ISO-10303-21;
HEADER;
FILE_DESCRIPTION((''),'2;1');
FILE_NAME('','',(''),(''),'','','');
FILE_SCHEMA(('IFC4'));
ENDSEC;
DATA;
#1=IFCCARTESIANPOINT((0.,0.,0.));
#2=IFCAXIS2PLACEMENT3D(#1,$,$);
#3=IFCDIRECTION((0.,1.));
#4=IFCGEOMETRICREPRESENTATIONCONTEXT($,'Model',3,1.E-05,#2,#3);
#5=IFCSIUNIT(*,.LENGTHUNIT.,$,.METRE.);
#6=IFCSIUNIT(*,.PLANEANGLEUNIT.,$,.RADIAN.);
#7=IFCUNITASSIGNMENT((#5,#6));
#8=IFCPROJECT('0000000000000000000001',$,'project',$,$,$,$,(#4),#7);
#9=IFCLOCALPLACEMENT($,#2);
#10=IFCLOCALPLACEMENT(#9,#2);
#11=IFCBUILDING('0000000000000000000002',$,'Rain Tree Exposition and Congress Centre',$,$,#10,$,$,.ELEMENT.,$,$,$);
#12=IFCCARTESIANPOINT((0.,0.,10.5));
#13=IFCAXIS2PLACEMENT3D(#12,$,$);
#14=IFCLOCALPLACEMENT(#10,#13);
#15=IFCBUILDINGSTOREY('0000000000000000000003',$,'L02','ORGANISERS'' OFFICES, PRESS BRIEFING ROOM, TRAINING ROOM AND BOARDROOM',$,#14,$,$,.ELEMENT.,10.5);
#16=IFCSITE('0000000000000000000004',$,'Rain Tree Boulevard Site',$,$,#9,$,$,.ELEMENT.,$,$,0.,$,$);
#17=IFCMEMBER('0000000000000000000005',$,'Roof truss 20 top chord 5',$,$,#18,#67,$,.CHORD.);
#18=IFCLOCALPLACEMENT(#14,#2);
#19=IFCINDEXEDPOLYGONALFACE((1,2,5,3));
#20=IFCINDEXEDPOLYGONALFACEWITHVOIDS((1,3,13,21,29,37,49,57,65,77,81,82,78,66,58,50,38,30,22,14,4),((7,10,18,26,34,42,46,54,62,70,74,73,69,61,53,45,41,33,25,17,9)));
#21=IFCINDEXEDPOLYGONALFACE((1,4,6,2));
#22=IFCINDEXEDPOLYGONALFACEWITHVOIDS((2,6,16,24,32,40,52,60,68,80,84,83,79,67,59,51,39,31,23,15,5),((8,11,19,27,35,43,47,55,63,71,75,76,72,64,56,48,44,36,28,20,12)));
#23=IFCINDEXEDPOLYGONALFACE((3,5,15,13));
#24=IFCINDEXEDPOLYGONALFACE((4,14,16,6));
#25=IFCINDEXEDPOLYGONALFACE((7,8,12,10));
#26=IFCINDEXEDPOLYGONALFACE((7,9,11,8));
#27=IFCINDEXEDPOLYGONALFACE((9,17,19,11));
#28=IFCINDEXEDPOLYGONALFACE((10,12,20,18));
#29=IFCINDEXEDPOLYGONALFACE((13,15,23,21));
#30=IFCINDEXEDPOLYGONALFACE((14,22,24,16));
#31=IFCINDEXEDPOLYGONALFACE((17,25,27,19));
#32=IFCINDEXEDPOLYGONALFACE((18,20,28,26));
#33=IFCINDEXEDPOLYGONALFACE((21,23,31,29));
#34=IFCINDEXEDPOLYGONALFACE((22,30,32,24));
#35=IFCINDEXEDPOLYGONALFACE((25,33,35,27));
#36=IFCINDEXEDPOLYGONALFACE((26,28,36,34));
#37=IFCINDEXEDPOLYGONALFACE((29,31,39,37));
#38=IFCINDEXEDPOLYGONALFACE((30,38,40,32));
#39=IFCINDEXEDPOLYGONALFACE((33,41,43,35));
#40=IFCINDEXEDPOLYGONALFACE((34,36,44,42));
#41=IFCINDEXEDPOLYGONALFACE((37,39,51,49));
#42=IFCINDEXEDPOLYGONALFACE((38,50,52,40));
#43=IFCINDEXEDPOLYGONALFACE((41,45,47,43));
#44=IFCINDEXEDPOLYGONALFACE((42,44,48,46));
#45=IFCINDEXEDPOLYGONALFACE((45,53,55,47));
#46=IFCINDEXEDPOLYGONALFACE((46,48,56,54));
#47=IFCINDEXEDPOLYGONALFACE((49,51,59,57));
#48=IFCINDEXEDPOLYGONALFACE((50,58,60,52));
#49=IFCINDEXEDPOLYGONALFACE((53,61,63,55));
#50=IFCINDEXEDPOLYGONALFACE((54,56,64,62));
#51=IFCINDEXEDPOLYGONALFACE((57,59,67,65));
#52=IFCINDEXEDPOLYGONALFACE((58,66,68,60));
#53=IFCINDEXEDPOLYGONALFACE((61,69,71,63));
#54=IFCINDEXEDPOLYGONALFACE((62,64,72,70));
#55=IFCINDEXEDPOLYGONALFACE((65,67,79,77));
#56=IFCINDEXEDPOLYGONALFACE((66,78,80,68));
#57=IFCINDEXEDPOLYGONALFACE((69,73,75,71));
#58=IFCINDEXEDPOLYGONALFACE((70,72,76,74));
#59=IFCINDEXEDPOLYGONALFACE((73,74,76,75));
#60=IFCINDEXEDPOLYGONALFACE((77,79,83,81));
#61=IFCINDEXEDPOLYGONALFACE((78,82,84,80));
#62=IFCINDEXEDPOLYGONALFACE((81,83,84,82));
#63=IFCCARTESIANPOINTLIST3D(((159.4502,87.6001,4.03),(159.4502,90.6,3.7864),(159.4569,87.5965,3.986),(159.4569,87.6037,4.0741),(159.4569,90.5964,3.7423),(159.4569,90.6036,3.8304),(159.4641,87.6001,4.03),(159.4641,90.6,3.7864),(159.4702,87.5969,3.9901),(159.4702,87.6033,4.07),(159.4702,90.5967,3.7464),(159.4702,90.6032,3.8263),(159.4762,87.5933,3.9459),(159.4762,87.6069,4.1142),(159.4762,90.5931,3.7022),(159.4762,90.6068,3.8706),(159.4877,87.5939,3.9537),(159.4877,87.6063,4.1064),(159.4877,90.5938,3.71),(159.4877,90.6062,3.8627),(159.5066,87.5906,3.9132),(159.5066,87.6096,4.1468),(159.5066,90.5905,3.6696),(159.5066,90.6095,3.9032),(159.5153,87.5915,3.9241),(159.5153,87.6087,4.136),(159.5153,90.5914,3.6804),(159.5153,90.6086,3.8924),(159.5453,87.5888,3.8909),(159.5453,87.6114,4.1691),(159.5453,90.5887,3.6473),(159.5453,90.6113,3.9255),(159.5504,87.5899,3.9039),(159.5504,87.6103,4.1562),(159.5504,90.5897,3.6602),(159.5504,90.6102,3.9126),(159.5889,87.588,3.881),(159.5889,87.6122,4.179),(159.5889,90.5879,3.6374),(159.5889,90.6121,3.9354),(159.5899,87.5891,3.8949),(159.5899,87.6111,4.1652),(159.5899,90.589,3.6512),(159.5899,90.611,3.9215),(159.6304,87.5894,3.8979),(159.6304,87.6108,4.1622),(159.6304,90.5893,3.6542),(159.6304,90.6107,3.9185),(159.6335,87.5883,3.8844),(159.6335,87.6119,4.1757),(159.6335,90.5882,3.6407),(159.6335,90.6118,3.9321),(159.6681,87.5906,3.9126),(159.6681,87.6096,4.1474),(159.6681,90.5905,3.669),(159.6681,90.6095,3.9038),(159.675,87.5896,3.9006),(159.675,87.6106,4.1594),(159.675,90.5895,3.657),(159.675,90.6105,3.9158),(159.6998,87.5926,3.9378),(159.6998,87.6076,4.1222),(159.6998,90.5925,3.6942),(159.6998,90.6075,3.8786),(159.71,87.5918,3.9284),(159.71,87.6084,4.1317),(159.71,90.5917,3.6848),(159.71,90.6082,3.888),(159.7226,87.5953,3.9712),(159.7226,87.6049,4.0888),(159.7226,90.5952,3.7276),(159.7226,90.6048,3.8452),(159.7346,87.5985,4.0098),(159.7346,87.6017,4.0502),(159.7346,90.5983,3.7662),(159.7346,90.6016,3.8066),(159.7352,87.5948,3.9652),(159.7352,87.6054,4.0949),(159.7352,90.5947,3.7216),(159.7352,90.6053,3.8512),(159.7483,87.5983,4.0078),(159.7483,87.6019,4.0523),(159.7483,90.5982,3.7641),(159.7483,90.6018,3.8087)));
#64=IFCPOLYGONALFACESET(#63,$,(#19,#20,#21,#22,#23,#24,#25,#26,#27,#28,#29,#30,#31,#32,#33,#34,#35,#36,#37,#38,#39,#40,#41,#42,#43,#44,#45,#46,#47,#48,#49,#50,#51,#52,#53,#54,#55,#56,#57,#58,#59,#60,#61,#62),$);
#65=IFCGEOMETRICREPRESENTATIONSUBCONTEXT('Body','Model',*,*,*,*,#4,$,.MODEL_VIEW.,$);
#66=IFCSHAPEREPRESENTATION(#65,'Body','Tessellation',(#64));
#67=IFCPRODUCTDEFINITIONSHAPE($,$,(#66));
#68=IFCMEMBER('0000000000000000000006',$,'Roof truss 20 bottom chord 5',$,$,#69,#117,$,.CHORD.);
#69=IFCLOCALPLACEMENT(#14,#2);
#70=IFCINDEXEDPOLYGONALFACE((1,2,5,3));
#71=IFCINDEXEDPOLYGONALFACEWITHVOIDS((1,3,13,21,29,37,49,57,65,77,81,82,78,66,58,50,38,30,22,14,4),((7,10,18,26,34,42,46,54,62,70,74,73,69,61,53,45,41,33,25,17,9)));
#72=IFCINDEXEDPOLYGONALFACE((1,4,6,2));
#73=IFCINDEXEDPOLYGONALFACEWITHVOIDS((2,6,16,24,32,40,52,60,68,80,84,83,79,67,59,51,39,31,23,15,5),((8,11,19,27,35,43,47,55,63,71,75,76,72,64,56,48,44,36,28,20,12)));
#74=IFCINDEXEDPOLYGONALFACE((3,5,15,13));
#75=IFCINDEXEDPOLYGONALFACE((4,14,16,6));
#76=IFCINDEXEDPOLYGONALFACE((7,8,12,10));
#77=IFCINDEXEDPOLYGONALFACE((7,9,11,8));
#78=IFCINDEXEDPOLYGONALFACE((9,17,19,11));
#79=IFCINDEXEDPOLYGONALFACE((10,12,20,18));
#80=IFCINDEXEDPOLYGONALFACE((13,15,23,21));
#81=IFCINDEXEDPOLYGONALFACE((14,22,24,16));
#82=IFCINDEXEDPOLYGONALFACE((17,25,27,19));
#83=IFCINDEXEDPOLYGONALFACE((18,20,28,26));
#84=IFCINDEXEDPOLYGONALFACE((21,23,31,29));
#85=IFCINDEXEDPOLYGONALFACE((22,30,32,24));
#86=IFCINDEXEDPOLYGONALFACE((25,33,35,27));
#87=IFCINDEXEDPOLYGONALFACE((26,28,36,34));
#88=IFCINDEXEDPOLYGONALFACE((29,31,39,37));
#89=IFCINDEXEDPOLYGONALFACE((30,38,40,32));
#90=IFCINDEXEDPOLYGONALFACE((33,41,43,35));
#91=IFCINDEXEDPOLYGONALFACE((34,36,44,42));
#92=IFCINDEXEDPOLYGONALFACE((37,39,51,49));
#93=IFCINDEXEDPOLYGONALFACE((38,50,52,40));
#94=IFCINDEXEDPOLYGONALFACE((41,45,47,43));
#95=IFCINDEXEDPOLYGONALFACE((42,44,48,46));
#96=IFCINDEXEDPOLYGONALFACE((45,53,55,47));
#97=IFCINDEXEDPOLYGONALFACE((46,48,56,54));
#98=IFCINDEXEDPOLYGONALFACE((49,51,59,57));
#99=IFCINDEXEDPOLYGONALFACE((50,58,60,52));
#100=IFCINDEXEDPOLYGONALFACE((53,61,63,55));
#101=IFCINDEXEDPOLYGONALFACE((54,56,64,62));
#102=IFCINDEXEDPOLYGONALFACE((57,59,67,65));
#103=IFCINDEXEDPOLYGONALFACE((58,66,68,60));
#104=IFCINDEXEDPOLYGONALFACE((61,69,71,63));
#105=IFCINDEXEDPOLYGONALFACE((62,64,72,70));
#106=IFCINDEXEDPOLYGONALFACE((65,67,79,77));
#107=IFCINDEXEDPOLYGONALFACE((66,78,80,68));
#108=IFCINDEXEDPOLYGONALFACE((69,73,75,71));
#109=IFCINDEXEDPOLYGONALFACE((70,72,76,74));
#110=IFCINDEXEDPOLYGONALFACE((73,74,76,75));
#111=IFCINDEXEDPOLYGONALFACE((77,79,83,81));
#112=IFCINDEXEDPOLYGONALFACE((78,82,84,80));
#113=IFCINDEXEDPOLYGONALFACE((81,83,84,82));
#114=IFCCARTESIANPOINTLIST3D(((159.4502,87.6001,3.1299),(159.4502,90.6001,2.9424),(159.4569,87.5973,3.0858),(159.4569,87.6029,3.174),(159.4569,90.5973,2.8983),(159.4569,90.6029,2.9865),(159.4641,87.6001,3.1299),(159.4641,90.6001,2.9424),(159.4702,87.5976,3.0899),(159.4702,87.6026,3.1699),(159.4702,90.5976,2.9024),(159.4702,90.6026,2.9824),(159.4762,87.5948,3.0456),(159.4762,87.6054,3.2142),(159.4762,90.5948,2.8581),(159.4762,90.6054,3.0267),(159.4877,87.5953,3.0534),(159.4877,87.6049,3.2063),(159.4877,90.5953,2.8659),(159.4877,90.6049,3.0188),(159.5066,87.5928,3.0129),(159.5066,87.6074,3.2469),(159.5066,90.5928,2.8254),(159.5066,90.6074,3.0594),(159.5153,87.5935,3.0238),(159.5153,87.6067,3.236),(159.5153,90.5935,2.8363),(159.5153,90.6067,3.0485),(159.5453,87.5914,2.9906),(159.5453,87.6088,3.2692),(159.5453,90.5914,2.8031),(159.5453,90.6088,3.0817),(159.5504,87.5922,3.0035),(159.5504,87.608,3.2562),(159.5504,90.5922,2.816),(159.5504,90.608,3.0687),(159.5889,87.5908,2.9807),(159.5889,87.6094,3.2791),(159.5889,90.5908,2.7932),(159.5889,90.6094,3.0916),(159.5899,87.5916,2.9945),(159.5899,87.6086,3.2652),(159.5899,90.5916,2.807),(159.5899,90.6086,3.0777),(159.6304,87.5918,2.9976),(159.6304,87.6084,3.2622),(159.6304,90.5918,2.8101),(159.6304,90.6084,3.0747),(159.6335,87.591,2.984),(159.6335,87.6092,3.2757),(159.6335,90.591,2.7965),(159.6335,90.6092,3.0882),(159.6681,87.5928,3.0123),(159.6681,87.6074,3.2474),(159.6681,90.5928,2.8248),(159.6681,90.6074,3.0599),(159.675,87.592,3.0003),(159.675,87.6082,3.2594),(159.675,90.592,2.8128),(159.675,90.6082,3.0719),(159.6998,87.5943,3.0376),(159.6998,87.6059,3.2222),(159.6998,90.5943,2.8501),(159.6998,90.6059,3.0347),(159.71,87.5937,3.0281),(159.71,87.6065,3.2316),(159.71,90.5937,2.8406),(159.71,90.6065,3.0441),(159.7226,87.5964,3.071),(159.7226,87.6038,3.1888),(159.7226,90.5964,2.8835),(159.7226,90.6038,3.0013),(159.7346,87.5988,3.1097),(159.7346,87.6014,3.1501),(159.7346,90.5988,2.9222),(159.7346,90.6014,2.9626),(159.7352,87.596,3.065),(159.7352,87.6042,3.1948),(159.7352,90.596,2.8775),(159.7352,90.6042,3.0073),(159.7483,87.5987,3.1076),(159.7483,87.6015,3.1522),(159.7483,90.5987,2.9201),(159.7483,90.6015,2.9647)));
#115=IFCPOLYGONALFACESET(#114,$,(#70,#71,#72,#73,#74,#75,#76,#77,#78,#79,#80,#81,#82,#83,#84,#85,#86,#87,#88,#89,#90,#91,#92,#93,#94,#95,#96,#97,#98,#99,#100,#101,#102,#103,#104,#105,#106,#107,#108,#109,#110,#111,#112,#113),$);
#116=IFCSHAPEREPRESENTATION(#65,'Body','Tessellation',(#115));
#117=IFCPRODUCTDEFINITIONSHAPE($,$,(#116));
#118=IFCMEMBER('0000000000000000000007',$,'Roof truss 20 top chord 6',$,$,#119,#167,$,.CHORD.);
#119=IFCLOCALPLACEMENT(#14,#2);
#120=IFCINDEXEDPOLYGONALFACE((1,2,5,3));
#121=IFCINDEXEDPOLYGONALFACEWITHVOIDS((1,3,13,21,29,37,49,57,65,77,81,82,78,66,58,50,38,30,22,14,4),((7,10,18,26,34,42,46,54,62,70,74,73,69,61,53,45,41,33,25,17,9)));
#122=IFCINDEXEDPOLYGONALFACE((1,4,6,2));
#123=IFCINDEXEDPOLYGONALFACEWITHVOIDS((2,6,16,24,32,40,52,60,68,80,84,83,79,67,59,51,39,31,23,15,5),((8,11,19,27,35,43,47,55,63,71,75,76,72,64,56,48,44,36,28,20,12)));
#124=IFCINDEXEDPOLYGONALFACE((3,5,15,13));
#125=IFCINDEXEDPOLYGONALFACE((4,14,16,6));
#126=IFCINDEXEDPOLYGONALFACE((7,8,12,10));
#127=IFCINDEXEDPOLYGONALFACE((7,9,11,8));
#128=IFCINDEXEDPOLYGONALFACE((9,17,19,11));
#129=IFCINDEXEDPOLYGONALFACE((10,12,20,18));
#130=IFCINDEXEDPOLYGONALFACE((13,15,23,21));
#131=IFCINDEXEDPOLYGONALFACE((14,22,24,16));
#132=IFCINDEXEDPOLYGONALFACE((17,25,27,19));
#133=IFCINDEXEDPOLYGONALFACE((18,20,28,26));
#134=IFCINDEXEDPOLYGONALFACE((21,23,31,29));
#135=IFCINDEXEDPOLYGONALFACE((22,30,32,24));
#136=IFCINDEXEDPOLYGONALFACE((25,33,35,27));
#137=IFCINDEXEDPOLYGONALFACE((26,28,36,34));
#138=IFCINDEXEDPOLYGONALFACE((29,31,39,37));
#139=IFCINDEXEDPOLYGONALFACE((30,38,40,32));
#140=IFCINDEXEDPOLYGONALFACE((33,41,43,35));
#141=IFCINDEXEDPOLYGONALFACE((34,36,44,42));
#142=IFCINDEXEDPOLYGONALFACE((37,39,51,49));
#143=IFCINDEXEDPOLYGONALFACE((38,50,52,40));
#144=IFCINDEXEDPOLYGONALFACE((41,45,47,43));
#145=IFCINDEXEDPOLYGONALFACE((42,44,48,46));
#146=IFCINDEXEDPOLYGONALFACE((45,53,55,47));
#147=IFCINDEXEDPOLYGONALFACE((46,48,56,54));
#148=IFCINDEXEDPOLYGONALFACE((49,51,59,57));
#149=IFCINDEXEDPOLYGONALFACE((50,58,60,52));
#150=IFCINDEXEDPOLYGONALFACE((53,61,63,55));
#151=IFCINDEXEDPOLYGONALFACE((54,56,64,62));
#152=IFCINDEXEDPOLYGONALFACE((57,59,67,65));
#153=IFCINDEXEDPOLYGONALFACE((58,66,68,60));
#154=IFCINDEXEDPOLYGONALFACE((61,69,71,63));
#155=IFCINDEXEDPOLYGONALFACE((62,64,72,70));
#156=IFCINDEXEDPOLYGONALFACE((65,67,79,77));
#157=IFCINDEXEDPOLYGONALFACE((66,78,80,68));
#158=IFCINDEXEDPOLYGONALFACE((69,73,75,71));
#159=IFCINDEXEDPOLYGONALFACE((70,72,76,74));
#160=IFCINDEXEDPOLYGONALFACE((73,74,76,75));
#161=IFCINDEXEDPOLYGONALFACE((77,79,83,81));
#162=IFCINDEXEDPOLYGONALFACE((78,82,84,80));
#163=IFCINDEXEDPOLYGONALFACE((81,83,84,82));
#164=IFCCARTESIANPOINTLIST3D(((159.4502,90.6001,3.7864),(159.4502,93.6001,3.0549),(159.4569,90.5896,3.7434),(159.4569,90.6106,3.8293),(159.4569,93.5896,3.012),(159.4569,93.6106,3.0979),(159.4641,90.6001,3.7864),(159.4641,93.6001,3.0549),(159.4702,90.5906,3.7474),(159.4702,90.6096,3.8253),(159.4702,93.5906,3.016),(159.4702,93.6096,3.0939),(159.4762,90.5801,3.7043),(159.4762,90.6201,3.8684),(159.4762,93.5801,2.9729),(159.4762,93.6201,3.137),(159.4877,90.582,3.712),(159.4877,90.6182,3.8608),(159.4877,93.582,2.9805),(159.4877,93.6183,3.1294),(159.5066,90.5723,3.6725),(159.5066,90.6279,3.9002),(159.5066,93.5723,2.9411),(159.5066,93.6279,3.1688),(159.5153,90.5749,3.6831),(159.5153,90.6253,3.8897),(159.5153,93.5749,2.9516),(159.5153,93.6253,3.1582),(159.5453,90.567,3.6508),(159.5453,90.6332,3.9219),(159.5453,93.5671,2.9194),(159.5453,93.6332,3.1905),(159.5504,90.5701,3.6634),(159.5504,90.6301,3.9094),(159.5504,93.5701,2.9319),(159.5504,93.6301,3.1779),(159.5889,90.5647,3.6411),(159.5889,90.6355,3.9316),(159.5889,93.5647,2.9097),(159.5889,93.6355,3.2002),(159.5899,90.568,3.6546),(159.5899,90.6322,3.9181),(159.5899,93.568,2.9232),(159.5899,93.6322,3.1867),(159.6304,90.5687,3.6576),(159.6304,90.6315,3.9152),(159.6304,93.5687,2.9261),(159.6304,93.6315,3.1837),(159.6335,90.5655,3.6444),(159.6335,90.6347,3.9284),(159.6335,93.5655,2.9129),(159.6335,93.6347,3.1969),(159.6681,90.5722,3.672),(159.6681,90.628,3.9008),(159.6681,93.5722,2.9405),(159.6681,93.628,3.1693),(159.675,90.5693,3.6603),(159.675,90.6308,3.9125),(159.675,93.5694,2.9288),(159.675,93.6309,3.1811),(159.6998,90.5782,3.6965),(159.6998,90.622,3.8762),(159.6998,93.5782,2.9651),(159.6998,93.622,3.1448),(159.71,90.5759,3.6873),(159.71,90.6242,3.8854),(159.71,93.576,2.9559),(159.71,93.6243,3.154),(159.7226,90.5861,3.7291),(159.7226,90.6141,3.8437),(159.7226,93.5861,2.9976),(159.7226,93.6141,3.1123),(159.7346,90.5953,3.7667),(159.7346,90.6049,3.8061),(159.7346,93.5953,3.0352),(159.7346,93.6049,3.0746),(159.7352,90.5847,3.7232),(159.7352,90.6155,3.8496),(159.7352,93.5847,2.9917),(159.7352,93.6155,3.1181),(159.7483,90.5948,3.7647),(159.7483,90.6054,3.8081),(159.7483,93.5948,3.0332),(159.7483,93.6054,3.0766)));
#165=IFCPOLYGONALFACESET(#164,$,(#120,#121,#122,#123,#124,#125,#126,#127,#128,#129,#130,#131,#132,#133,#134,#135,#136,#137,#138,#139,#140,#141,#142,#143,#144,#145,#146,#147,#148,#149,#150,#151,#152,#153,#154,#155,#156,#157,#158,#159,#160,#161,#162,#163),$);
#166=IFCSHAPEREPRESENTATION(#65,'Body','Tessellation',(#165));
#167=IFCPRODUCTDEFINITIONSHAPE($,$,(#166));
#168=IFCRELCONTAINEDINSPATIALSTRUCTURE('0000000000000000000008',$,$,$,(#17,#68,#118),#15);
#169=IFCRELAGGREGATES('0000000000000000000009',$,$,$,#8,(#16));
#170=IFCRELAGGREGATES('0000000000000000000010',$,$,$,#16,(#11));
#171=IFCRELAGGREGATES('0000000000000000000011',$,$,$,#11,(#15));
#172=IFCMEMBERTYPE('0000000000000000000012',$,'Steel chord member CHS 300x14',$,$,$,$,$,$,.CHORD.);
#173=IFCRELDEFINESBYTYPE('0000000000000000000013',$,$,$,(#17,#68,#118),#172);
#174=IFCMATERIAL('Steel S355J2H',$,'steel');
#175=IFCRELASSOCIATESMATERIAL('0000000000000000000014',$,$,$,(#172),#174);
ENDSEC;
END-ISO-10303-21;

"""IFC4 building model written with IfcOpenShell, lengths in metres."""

from ifc_helpers import new_model, si_unit, direction, frame, origin, origin_2d, place, context, subcontext, project, spatial, hollow_circle, extrude, material, material_profile, profile_set, type_object, element, save


model = new_model("IFC4")

# Units and contexts
model_context = context("Model", 3, precision=1e-05, world=origin(), true_north=direction((0.0, 1.0)))
body_context = subcontext(model_context, "Body", "Model", "MODEL_VIEW")
ifc_project = project(units=[si_unit("LENGTHUNIT", "METRE"), si_unit("PLANEANGLEUNIT", "RADIAN")], contexts=[model_context])

# Site, building, storey
site_placement = place(None, origin())
site = spatial("IfcSite", under=ifc_project, at=site_placement, Name="Rain Tree Boulevard Site", CompositionType="ELEMENT", RefElevation=0.0)
building_placement = place(site_placement, origin())
building = spatial("IfcBuilding", under=site, at=building_placement, Name="Rain Tree Exposition and Congress Centre", CompositionType="ELEMENT")
storey_placement = place(building_placement, frame((0.0, 0.0, 10.5)))
storey = spatial("IfcBuildingStorey", under=building, at=storey_placement, Name="L02", Description="ORGANISERS' OFFICES, PRESS BRIEFING ROOM, TRAINING ROOM AND BOARDROOM", CompositionType="ELEMENT", Elevation=10.5)

# Members
ifc_material_1 = material(Name="Steel S355J2H", Category="steel")
ifc_material_profile_1 = material_profile(ifc_material_1, hollow_circle(Radius=0.1499, WallThickness=0.0139, at=origin_2d()), Name="CHS 300x14")
ifc_profile_set_1 = profile_set([ifc_material_profile_1], Name="Steel S355J2H")
member_type_1 = type_object("IfcMemberType", Name="Steel chord member CHS 300x14", PredefinedType="CHORD", material=ifc_profile_set_1)
member_1_placement = place(storey_placement, frame((159.6001, 87.6001, 4.03), z_axis=(0.0, 0.996718, -0.080951), x_axis=(-1.0, 0.0, 0.0)))
element("IfcMember", 1, at=member_1_placement, inside=storey, type_object=member_type_1, Name="Roof truss 20 top chord 5", PredefinedType="CHORD", context=body_context, shape_type="SweptSolid", body=[
    extrude(hollow_circle(Radius=0.1499, WallThickness=0.0139, at=origin_2d()), origin(), (0.0, 0.0, 1.0), 3.0098),
])
member_2_placement = place(storey_placement, frame((159.6001, 87.6001, 3.1299), z_axis=(0.0, 0.998053, -0.062378), x_axis=(-1.0, 0.0, 0.0)))
element("IfcMember", 2, at=member_2_placement, inside=storey, type_object=member_type_1, Name="Roof truss 20 bottom chord 5", PredefinedType="CHORD", context=body_context, shape_type="SweptSolid", body=[
    extrude(hollow_circle(Radius=0.1499, WallThickness=0.0139, at=origin_2d()), origin(), (0.0, 0.0, 1.0), 3.0059),
])
member_3_placement = place(storey_placement, frame((159.6001, 90.6001, 3.7864), z_axis=(0.0, 0.97154, -0.236876), x_axis=(-1.0, 0.0, 0.0)))
element("IfcMember", 3, at=member_3_placement, inside=storey, type_object=member_type_1, Name="Roof truss 20 top chord 6", PredefinedType="CHORD", context=body_context, shape_type="SweptSolid", body=[
    extrude(hollow_circle(Radius=0.1499, WallThickness=0.0139, at=origin_2d()), origin(), (0.0, 0.0, 1.0), 3.0879),
])

save(model, "model.ifc")
